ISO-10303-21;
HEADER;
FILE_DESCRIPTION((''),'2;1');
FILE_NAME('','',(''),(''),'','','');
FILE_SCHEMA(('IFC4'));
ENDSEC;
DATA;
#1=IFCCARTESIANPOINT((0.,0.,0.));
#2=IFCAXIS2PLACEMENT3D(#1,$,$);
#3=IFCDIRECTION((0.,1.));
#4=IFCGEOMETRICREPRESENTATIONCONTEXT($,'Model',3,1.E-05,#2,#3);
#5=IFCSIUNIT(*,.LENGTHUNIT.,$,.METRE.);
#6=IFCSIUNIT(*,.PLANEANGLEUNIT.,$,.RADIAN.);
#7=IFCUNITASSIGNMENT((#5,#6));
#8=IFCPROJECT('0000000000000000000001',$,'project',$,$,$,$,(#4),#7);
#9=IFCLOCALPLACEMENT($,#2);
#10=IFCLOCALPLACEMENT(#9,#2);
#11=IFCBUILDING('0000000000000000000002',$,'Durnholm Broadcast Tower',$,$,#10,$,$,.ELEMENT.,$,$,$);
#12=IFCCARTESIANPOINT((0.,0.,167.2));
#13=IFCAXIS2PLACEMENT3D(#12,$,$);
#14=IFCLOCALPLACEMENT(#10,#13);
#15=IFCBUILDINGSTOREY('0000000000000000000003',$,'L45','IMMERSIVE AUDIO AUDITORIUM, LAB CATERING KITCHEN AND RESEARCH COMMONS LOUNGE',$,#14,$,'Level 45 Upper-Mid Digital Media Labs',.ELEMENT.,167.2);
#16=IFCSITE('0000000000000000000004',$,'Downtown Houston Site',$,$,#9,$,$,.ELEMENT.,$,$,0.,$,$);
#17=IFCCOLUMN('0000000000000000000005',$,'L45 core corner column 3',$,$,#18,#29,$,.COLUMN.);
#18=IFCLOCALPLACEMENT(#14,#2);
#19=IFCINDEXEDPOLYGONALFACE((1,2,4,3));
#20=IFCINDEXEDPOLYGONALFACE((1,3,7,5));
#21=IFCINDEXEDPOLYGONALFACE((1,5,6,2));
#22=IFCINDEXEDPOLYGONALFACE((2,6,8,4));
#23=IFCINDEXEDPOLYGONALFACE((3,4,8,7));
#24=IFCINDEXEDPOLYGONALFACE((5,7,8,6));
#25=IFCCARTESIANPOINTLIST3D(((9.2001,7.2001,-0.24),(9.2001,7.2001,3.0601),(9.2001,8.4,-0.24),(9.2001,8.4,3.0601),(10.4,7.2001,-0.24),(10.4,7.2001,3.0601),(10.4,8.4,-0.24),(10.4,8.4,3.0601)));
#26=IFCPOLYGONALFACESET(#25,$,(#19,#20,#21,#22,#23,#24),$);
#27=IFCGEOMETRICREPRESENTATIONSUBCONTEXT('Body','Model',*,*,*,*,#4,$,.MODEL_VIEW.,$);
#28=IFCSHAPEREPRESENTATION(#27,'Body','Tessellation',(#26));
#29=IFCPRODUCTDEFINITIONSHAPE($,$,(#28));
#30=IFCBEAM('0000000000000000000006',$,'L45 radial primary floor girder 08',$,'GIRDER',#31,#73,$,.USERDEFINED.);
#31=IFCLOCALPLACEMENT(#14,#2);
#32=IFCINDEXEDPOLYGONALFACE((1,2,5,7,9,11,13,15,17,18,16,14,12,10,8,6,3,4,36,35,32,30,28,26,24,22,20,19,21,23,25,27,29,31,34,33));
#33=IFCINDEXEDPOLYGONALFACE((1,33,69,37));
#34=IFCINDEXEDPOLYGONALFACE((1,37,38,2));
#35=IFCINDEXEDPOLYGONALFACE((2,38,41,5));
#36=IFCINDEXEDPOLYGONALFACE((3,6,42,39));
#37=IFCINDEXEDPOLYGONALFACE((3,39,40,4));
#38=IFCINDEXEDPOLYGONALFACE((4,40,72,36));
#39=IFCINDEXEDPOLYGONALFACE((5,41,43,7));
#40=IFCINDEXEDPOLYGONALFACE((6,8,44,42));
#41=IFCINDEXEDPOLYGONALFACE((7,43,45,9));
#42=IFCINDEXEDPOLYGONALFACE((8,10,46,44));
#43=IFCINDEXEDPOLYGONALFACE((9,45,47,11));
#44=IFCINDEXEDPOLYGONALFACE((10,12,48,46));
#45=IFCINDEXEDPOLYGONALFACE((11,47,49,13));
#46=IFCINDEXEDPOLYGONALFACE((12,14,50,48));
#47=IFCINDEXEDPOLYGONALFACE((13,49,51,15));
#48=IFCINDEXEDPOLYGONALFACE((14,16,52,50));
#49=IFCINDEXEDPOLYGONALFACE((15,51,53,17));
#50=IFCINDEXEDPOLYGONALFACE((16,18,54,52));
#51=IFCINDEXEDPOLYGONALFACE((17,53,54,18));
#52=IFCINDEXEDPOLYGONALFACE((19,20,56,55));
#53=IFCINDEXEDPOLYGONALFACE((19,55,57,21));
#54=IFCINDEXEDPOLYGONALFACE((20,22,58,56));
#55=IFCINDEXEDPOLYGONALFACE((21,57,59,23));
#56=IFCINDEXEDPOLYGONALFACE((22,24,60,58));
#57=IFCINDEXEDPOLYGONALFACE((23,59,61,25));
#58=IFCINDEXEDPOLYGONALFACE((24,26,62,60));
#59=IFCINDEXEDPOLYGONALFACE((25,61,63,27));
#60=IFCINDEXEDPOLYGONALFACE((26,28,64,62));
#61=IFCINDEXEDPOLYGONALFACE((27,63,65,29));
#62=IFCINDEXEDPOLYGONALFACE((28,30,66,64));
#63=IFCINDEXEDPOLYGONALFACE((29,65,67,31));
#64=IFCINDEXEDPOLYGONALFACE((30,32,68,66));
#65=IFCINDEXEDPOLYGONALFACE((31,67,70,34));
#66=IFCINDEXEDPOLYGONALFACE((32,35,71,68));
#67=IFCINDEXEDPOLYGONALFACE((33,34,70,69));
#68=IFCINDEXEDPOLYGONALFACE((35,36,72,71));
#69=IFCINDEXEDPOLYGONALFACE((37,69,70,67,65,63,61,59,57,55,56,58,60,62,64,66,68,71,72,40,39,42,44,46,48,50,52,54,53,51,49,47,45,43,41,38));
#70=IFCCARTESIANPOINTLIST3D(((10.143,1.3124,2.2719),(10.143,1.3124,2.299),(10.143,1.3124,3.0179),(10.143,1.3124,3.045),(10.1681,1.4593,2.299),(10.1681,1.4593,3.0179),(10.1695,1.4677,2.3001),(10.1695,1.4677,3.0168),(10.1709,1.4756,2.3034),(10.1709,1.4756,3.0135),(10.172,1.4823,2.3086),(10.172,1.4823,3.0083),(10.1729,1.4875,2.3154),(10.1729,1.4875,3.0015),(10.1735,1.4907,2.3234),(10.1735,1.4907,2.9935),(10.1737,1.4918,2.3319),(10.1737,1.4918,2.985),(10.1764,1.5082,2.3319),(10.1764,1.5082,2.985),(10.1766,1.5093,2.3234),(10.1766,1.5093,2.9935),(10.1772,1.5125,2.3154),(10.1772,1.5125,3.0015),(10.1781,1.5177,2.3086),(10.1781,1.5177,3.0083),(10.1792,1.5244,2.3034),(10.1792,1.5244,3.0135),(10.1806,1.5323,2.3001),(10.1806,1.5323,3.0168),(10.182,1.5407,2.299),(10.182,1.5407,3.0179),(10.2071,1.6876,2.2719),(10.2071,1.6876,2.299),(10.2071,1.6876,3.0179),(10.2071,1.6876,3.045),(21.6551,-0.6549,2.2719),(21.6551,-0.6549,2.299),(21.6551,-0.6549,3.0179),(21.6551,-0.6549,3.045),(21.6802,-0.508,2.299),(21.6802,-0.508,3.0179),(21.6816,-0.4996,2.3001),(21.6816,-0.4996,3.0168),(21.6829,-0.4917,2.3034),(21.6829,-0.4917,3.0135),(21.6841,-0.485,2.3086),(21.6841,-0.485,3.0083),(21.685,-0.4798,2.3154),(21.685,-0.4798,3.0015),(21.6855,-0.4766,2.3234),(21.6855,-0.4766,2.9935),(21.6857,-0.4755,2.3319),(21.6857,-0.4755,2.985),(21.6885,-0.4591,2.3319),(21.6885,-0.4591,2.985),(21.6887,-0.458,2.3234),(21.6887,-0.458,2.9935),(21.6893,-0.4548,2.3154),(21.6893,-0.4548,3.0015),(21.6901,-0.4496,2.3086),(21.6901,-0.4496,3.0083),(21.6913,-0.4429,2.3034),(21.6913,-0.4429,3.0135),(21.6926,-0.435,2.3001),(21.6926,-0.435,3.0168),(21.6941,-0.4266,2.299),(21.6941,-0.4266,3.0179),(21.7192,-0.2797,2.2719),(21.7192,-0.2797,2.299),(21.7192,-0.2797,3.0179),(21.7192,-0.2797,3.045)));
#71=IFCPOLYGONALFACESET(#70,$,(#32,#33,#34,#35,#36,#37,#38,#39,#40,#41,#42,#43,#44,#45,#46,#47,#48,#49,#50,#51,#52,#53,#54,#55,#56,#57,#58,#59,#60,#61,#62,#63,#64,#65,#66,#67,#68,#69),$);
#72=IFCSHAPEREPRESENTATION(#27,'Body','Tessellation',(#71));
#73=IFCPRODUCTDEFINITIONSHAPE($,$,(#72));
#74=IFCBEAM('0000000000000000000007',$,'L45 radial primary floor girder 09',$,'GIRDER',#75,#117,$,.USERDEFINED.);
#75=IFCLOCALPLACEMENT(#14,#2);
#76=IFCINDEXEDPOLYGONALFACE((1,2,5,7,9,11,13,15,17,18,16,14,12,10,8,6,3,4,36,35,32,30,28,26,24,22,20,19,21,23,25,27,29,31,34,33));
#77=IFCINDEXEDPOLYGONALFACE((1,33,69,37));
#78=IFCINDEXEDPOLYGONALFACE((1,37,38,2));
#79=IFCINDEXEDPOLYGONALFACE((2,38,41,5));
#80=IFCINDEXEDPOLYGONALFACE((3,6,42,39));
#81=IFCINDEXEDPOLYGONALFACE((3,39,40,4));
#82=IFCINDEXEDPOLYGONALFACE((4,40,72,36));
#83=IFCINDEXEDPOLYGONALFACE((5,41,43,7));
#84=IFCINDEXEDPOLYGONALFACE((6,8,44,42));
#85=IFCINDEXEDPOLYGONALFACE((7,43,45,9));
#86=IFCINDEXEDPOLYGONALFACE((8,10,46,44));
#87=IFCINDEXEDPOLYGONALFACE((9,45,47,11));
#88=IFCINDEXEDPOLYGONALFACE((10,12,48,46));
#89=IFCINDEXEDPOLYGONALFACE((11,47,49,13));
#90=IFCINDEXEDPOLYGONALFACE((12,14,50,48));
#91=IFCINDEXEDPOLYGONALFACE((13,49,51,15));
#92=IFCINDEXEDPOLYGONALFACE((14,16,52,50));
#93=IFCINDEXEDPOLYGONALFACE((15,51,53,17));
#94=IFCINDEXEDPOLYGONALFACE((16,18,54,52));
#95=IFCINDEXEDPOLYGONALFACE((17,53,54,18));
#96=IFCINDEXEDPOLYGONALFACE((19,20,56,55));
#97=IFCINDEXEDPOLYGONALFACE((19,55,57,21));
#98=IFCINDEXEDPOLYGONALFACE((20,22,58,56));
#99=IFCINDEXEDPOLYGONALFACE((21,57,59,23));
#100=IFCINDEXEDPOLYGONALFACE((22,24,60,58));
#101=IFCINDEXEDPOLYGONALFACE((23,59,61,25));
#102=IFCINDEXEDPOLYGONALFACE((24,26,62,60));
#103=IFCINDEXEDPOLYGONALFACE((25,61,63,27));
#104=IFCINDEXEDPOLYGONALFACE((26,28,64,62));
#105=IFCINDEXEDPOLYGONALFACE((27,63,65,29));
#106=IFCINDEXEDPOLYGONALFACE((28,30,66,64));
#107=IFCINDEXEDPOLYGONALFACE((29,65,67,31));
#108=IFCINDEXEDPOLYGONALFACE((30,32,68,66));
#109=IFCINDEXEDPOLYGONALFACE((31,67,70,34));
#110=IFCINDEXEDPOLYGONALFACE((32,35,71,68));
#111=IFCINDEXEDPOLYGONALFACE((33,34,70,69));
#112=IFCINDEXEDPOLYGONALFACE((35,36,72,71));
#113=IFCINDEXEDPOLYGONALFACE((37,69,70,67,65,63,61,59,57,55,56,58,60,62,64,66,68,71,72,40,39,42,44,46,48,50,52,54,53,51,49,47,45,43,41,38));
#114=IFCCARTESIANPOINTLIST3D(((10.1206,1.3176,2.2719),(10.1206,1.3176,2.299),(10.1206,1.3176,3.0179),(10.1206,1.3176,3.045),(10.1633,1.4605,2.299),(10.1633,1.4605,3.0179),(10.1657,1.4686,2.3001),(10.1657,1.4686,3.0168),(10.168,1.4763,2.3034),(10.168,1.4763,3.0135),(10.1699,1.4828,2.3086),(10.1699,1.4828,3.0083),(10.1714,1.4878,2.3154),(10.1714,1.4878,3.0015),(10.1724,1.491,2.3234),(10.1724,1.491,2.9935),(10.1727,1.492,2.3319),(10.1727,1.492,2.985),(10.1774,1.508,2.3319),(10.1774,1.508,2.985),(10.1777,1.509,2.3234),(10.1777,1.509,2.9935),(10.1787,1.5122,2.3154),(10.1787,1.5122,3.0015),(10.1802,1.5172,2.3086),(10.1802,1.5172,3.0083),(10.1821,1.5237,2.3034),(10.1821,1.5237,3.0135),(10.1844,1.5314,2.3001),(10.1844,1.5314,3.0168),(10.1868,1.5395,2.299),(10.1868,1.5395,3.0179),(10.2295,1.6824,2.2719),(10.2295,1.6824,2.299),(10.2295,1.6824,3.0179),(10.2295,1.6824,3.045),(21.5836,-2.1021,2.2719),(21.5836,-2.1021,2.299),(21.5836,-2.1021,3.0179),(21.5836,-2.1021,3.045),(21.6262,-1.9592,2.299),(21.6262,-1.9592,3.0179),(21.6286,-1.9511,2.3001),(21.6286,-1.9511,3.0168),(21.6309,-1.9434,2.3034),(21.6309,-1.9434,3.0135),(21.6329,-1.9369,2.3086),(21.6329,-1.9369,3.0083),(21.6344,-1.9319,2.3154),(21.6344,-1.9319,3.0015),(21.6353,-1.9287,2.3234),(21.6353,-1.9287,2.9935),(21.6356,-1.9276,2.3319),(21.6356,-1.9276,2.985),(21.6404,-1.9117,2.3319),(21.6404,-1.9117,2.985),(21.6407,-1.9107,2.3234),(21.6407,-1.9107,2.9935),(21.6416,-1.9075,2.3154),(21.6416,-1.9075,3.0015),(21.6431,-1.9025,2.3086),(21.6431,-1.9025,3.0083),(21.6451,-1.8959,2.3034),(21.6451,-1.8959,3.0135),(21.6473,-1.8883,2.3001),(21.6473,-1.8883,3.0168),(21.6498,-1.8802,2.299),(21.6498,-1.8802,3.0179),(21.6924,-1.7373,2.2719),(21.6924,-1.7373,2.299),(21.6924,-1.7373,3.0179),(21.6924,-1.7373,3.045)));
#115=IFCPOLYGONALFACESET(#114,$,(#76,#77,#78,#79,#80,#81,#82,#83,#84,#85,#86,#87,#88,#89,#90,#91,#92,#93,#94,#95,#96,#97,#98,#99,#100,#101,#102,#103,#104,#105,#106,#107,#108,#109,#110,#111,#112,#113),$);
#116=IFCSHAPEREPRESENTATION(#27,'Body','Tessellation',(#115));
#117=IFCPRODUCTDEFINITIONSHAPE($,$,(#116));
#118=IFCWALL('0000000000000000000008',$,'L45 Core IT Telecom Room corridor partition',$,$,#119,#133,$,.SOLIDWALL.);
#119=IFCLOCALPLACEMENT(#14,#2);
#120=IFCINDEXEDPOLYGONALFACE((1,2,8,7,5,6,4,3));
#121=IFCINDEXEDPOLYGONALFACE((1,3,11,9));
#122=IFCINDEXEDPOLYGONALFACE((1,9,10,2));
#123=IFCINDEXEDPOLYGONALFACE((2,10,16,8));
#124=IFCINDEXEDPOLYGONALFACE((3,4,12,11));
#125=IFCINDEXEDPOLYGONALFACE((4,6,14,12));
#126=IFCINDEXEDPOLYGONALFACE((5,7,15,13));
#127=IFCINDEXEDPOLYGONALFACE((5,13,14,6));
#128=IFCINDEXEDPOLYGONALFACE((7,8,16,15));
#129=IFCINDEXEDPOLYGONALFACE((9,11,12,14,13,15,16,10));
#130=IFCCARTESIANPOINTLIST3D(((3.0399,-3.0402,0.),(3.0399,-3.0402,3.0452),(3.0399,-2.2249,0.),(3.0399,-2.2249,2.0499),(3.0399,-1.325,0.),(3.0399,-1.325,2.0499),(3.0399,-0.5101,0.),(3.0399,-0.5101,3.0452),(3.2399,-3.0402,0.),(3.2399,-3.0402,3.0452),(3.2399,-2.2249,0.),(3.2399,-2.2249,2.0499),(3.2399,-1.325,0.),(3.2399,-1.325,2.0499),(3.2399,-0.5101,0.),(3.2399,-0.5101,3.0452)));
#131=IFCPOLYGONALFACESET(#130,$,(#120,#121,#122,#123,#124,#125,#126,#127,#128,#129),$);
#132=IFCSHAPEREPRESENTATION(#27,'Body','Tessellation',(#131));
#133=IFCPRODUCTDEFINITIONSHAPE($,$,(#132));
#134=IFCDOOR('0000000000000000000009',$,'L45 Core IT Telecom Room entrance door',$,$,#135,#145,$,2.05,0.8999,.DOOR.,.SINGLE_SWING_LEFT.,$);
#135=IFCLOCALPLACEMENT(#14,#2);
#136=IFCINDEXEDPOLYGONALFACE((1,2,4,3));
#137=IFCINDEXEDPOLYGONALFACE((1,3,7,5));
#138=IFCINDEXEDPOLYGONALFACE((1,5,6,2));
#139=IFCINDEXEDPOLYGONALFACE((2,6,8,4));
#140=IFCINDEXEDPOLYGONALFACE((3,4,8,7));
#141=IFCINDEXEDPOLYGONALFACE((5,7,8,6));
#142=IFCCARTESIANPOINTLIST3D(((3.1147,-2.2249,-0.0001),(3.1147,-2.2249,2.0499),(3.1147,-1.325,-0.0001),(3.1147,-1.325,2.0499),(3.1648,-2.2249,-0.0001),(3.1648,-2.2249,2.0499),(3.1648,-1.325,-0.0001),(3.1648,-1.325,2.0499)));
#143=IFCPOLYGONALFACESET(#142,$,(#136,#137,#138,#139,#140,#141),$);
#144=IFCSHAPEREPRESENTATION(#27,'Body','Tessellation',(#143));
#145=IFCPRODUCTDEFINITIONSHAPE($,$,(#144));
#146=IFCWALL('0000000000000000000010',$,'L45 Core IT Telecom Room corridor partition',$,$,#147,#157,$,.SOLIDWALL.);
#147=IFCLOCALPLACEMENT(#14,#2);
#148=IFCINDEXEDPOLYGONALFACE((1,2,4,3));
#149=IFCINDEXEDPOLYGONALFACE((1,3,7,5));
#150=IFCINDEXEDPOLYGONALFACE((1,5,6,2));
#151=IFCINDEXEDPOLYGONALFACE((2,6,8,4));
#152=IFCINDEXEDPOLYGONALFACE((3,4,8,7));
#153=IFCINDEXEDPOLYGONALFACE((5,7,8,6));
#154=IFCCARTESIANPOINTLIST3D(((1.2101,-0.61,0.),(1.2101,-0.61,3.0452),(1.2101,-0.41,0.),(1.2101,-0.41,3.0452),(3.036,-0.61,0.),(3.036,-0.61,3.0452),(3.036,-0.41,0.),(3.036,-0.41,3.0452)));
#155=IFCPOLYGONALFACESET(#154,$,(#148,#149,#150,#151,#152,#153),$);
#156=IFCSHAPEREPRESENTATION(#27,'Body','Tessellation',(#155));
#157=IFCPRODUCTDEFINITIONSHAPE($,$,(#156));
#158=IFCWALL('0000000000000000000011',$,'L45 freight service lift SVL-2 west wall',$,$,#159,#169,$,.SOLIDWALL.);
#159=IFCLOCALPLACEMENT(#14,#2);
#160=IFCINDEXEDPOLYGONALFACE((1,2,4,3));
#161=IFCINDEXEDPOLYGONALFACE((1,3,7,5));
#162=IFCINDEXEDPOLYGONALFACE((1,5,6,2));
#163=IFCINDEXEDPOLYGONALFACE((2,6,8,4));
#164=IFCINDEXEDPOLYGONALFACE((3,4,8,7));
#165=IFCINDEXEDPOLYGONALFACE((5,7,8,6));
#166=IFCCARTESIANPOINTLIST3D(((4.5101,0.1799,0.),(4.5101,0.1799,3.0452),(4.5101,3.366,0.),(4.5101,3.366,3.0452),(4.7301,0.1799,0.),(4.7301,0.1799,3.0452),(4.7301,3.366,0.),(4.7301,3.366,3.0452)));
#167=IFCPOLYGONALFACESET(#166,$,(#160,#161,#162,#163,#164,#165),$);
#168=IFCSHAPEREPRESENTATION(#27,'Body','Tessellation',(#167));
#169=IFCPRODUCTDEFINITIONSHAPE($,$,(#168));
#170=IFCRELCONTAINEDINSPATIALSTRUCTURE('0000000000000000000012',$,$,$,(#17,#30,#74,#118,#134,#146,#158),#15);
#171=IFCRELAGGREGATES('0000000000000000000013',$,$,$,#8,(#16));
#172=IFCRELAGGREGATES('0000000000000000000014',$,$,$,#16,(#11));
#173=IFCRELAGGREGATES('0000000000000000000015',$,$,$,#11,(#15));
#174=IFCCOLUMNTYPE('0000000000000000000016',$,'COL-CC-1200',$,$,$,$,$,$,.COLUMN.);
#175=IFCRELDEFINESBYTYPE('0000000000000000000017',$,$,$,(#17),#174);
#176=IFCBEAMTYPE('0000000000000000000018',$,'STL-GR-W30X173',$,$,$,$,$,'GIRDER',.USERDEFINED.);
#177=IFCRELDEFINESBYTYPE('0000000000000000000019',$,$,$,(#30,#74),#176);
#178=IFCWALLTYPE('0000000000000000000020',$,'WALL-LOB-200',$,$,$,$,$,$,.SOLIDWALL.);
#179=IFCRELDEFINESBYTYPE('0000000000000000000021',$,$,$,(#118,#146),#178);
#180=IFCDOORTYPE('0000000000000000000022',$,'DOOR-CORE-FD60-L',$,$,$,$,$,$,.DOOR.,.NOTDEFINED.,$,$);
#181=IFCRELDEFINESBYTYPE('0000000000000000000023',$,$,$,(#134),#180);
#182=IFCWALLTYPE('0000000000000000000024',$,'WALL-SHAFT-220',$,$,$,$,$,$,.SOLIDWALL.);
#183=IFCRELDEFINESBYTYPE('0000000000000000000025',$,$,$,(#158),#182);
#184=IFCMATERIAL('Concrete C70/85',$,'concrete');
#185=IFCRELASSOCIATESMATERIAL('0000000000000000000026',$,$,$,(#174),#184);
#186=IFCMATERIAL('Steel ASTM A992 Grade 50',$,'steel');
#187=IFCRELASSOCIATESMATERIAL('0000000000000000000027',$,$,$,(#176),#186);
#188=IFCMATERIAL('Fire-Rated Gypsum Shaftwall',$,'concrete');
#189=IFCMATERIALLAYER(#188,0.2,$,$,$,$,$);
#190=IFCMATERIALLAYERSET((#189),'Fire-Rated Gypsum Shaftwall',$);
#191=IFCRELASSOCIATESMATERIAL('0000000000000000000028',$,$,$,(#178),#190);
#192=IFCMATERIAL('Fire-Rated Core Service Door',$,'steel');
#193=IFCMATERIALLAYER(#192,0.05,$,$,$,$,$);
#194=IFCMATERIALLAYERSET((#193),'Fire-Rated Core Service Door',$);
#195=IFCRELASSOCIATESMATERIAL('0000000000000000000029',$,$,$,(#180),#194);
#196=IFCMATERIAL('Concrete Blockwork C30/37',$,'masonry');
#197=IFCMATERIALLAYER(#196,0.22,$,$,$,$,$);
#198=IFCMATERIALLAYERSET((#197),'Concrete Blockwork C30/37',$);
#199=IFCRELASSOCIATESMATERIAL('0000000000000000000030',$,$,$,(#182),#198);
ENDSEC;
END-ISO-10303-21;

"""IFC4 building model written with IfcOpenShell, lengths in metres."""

from ifc_helpers import new_model, si_unit, direction, frame, frame_2d, origin, origin_2d, place, context, subcontext, project, spatial, rectangle, i_section, extrude, source, transform, mapped, material, layer, layer_set, material_profile, profile_set, type_object, type_shapes, element, fill, save


model = new_model("IFC4")

# Units and contexts
model_context = context("Model", 3, precision=1e-05, world=origin(), true_north=direction((0.0, 1.0)))
body_context = subcontext(model_context, "Body", "Model", "MODEL_VIEW")
ifc_project = project(units=[si_unit("LENGTHUNIT", "METRE"), si_unit("PLANEANGLEUNIT", "RADIAN")], contexts=[model_context])

# Site, building, storey
site_placement = place(None, origin())
site = spatial("IfcSite", under=ifc_project, at=site_placement, Name="Downtown Houston Site", CompositionType="ELEMENT", RefElevation=0.0)
building_placement = place(site_placement, origin())
building = spatial("IfcBuilding", under=site, at=building_placement, Name="Durnholm Broadcast Tower", CompositionType="ELEMENT")
storey_placement = place(building_placement, frame((0.0, 0.0, 167.2)))
storey = spatial("IfcBuildingStorey", under=building, at=storey_placement, Name="L45", Description="IMMERSIVE AUDIO AUDITORIUM, LAB CATERING KITCHEN AND RESEARCH COMMONS LOUNGE", LongName="Level 45 Upper-Mid Digital Media Labs", CompositionType="ELEMENT", Elevation=167.2)

# Column
ifc_material_1 = material(Name="Concrete C70/85", Category="concrete")
ifc_material_profile_1 = material_profile(ifc_material_1, rectangle(XDim=1.2, YDim=1.2, at=origin_2d()), Name="RC1200X1200")
ifc_profile_set_1 = profile_set([ifc_material_profile_1], Name="Concrete C70/85")
column_type = type_object("IfcColumnType", Name="COL-CC-1200", PredefinedType="COLUMN", material=ifc_profile_set_1)
shared_shape_1 = source(origin(), body_context, "Body", "SweptSolid", [
    extrude(rectangle(XDim=1.2, YDim=1.2, at=origin_2d()), origin(), (0.0, 0.0, 1.0), 3.3),
])
type_shapes(column_type, [shared_shape_1])
column_placement = place(storey_placement, frame((9.8, 7.8, -0.24), z_axis=(0.0, 0.0, 1.0), x_axis=(1.0, 0.0, 0.0)))
element("IfcColumn", 1, at=column_placement, inside=storey, type_object=column_type, Name="L45 core corner column 3", PredefinedType="COLUMN", context=body_context, shape_type="MappedRepresentation", body=[
    mapped(shared_shape_1, transform((0.0, 0.0, 0.0), x_axis=(1.0, 0.0, 0.0), y_axis=(0.0, 1.0, 0.0), z_axis=(0.0, 0.0, 1.0), scale=1.0)),
])

# Beams
ifc_material_2 = material(Name="Steel ASTM A992 Grade 50", Category="steel")
ifc_material_profile_2 = material_profile(ifc_material_2, i_section(OverallWidth=0.3806, OverallDepth=0.7732, WebThickness=0.0166, FlangeThickness=0.0271, FilletRadius=0.033, at=origin_2d()), Name="W30X173")
ifc_profile_set_2 = profile_set([ifc_material_profile_2], Name="Steel ASTM A992 Grade 50")
beam_type = type_object("IfcBeamType", Name="STL-GR-W30X173", ElementType="GIRDER", PredefinedType="USERDEFINED", material=ifc_profile_set_2)
shared_shape_2 = source(origin(), body_context, "Body", "SweptSolid", [
    extrude(i_section(OverallWidth=0.3806, OverallDepth=0.7732, WebThickness=0.0166, FlangeThickness=0.0271, FilletRadius=0.033, at=origin_2d()), origin(), (0.0, 0.0, 1.0), 11.679),
])
beam_1_placement = place(storey_placement, frame((10.175, 1.5, 2.6584), z_axis=(0.98571, -0.168449, 0.0), x_axis=(0.168449, 0.98571, 0.0)))
element("IfcBeam", 2, at=beam_1_placement, inside=storey, type_object=beam_type, Name="L45 radial primary floor girder 08", ObjectType="GIRDER", PredefinedType="USERDEFINED", context=body_context, shape_type="MappedRepresentation", body=[
    mapped(shared_shape_2, transform((0.0, 0.0, 0.0), x_axis=(1.0, 0.0, 0.0), y_axis=(0.0, 1.0, 0.0), z_axis=(0.0, 0.0, 1.0), scale=1.0)),
])
shared_shape_3 = source(origin(), body_context, "Body", "SweptSolid", [
    extrude(i_section(OverallWidth=0.3806, OverallDepth=0.7732, WebThickness=0.0166, FlangeThickness=0.0271, FilletRadius=0.033, at=origin_2d()), origin(), (0.0, 0.0, 1.0), 11.9622),
])
type_shapes(beam_type, [shared_shape_2, shared_shape_3])
beam_2_placement = place(storey_placement, frame((10.175, 1.5, 2.6584), z_axis=(0.958267, -0.285876, 0.0), x_axis=(0.285876, 0.958267, 0.0)))
element("IfcBeam", 3, at=beam_2_placement, inside=storey, type_object=beam_type, Name="L45 radial primary floor girder 09", ObjectType="GIRDER", PredefinedType="USERDEFINED", context=body_context, shape_type="MappedRepresentation", body=[
    mapped(shared_shape_3, transform((0.0, 0.0, 0.0), x_axis=(1.0, 0.0, 0.0), y_axis=(0.0, 1.0, 0.0), z_axis=(0.0, 0.0, 1.0), scale=1.0)),
])

# Wall, opening, door
ifc_material_3 = material(Name="Fire-Rated Gypsum Shaftwall", Category="concrete")
ifc_layer_1 = layer(ifc_material_3, 0.2)
ifc_layer_set_1 = layer_set([ifc_layer_1], Name="Fire-Rated Gypsum Shaftwall")
wall_type_1 = type_object("IfcWallType", Name="WALL-LOB-200", PredefinedType="SOLIDWALL", material=ifc_layer_set_1)
wall_1_placement = place(storey_placement, frame((3.1399, -0.51, 0.0), z_axis=(0.0, 0.0, 1.0), x_axis=(0.0, -1.0, 0.0)))
wall_1 = element("IfcWall", 4, at=wall_1_placement, inside=storey, type_object=wall_type_1, Name="L45 Core IT Telecom Room corridor partition", PredefinedType="SOLIDWALL", context=body_context, shape_type="SweptSolid", body=[
    extrude(rectangle(XDim=2.53, YDim=0.2, at=frame_2d((1.2651, 0.0))), origin(), (0.0, 0.0, 1.0), 3.0452),
])
opening_1_placement = place(wall_1_placement, frame((0.8149, 0.0, 0.0)))
opening_1 = element("IfcOpeningElement", 5, at=opening_1_placement, cuts=wall_1, PredefinedType="OPENING", context=body_context, shape_type="SweptSolid", body=[
    extrude(rectangle(XDim=0.8999, YDim=2.05, at=frame_2d((0.45, 1.0249))), frame((0.0, 0.1099, 0.0), z_axis=(0.0, -1.0, 0.0), x_axis=(1.0, 0.0, 0.0)), (0.0, 0.0, 1.0), 0.22),
])
ifc_material_4 = material(Name="Fire-Rated Core Service Door", Category="steel")
ifc_layer_2 = layer(ifc_material_4, 0.05)
ifc_layer_set_2 = layer_set([ifc_layer_2], Name="Fire-Rated Core Service Door")
door_type_1 = type_object("IfcDoorType", Name="DOOR-CORE-FD60-L", OperationType="NOTDEFINED", PredefinedType="DOOR", material=ifc_layer_set_2)
shared_shape_4 = source(origin(), body_context, "Body", "SweptSolid", [
    extrude(rectangle(XDim=0.8999, YDim=2.05, at=frame_2d((0.45, 1.0249))), frame((0.0, 0.0249, 0.0), z_axis=(0.0, -1.0, 0.0), x_axis=(1.0, 0.0, 0.0)), (0.0, 0.0, 1.0), 0.05),
])
type_shapes(door_type_1, [shared_shape_4])
door_1_placement = place(opening_1_placement, origin())
door_1 = element("IfcDoor", 6, at=door_1_placement, inside=storey, type_object=door_type_1, Name="L45 Core IT Telecom Room entrance door", OperationType="SINGLE_SWING_LEFT", OverallHeight=2.05, OverallWidth=0.8999, PredefinedType="DOOR", context=body_context, shape_type="MappedRepresentation", body=[
    mapped(shared_shape_4, transform((0.0, 0.0, 0.0), x_axis=(1.0, 0.0, 0.0), y_axis=(0.0, 1.0, 0.0), z_axis=(0.0, 0.0, 1.0), scale=1.0)),
])
fill(opening_1, door_1)

# Wall
wall_2_placement = place(storey_placement, frame((1.21, -0.51, 0.0), z_axis=(0.0, 0.0, 1.0), x_axis=(1.0, 0.0, 0.0)))
element("IfcWall", 7, at=wall_2_placement, inside=storey, type_object=wall_type_1, Name="L45 Core IT Telecom Room corridor partition", PredefinedType="SOLIDWALL", context=body_context, shape_type="SweptSolid", body=[
    extrude(rectangle(XDim=1.8259, YDim=0.2, at=frame_2d((0.9131, 0.0))), origin(), (0.0, 0.0, 1.0), 3.0452),
])

# Shared definitions
ifc_material_5 = material(Name="Concrete Blockwork C30/37", Category="masonry")
ifc_layer_3 = layer(ifc_material_5, 0.22)
ifc_layer_set_3 = layer_set([ifc_layer_3], Name="Concrete Blockwork C30/37")
wall_type_2 = type_object("IfcWallType", Name="WALL-SHAFT-220", PredefinedType="SOLIDWALL", material=ifc_layer_set_3)

# Wall
for number, where, z_axis, x_axis, name in (
    (8, (4.6201, 0.1799, 0.0), (0.0, 0.0, 1.0), (0.0, 1.0, 0.0), "L45 freight service lift SVL-2 west wall"),
):
    element("IfcWall", number, at=place(storey_placement, frame(where, z_axis=z_axis, x_axis=x_axis)), inside=storey, type_object=wall_type_2, Name=name, PredefinedType="SOLIDWALL", context=body_context, shape_type="SweptSolid", body=[
        extrude(rectangle(XDim=3.186, YDim=0.22, at=frame_2d((1.593, 0.0))), origin(), (0.0, 0.0, 1.0), 3.0452),
    ])

save(model, "model.ifc")
